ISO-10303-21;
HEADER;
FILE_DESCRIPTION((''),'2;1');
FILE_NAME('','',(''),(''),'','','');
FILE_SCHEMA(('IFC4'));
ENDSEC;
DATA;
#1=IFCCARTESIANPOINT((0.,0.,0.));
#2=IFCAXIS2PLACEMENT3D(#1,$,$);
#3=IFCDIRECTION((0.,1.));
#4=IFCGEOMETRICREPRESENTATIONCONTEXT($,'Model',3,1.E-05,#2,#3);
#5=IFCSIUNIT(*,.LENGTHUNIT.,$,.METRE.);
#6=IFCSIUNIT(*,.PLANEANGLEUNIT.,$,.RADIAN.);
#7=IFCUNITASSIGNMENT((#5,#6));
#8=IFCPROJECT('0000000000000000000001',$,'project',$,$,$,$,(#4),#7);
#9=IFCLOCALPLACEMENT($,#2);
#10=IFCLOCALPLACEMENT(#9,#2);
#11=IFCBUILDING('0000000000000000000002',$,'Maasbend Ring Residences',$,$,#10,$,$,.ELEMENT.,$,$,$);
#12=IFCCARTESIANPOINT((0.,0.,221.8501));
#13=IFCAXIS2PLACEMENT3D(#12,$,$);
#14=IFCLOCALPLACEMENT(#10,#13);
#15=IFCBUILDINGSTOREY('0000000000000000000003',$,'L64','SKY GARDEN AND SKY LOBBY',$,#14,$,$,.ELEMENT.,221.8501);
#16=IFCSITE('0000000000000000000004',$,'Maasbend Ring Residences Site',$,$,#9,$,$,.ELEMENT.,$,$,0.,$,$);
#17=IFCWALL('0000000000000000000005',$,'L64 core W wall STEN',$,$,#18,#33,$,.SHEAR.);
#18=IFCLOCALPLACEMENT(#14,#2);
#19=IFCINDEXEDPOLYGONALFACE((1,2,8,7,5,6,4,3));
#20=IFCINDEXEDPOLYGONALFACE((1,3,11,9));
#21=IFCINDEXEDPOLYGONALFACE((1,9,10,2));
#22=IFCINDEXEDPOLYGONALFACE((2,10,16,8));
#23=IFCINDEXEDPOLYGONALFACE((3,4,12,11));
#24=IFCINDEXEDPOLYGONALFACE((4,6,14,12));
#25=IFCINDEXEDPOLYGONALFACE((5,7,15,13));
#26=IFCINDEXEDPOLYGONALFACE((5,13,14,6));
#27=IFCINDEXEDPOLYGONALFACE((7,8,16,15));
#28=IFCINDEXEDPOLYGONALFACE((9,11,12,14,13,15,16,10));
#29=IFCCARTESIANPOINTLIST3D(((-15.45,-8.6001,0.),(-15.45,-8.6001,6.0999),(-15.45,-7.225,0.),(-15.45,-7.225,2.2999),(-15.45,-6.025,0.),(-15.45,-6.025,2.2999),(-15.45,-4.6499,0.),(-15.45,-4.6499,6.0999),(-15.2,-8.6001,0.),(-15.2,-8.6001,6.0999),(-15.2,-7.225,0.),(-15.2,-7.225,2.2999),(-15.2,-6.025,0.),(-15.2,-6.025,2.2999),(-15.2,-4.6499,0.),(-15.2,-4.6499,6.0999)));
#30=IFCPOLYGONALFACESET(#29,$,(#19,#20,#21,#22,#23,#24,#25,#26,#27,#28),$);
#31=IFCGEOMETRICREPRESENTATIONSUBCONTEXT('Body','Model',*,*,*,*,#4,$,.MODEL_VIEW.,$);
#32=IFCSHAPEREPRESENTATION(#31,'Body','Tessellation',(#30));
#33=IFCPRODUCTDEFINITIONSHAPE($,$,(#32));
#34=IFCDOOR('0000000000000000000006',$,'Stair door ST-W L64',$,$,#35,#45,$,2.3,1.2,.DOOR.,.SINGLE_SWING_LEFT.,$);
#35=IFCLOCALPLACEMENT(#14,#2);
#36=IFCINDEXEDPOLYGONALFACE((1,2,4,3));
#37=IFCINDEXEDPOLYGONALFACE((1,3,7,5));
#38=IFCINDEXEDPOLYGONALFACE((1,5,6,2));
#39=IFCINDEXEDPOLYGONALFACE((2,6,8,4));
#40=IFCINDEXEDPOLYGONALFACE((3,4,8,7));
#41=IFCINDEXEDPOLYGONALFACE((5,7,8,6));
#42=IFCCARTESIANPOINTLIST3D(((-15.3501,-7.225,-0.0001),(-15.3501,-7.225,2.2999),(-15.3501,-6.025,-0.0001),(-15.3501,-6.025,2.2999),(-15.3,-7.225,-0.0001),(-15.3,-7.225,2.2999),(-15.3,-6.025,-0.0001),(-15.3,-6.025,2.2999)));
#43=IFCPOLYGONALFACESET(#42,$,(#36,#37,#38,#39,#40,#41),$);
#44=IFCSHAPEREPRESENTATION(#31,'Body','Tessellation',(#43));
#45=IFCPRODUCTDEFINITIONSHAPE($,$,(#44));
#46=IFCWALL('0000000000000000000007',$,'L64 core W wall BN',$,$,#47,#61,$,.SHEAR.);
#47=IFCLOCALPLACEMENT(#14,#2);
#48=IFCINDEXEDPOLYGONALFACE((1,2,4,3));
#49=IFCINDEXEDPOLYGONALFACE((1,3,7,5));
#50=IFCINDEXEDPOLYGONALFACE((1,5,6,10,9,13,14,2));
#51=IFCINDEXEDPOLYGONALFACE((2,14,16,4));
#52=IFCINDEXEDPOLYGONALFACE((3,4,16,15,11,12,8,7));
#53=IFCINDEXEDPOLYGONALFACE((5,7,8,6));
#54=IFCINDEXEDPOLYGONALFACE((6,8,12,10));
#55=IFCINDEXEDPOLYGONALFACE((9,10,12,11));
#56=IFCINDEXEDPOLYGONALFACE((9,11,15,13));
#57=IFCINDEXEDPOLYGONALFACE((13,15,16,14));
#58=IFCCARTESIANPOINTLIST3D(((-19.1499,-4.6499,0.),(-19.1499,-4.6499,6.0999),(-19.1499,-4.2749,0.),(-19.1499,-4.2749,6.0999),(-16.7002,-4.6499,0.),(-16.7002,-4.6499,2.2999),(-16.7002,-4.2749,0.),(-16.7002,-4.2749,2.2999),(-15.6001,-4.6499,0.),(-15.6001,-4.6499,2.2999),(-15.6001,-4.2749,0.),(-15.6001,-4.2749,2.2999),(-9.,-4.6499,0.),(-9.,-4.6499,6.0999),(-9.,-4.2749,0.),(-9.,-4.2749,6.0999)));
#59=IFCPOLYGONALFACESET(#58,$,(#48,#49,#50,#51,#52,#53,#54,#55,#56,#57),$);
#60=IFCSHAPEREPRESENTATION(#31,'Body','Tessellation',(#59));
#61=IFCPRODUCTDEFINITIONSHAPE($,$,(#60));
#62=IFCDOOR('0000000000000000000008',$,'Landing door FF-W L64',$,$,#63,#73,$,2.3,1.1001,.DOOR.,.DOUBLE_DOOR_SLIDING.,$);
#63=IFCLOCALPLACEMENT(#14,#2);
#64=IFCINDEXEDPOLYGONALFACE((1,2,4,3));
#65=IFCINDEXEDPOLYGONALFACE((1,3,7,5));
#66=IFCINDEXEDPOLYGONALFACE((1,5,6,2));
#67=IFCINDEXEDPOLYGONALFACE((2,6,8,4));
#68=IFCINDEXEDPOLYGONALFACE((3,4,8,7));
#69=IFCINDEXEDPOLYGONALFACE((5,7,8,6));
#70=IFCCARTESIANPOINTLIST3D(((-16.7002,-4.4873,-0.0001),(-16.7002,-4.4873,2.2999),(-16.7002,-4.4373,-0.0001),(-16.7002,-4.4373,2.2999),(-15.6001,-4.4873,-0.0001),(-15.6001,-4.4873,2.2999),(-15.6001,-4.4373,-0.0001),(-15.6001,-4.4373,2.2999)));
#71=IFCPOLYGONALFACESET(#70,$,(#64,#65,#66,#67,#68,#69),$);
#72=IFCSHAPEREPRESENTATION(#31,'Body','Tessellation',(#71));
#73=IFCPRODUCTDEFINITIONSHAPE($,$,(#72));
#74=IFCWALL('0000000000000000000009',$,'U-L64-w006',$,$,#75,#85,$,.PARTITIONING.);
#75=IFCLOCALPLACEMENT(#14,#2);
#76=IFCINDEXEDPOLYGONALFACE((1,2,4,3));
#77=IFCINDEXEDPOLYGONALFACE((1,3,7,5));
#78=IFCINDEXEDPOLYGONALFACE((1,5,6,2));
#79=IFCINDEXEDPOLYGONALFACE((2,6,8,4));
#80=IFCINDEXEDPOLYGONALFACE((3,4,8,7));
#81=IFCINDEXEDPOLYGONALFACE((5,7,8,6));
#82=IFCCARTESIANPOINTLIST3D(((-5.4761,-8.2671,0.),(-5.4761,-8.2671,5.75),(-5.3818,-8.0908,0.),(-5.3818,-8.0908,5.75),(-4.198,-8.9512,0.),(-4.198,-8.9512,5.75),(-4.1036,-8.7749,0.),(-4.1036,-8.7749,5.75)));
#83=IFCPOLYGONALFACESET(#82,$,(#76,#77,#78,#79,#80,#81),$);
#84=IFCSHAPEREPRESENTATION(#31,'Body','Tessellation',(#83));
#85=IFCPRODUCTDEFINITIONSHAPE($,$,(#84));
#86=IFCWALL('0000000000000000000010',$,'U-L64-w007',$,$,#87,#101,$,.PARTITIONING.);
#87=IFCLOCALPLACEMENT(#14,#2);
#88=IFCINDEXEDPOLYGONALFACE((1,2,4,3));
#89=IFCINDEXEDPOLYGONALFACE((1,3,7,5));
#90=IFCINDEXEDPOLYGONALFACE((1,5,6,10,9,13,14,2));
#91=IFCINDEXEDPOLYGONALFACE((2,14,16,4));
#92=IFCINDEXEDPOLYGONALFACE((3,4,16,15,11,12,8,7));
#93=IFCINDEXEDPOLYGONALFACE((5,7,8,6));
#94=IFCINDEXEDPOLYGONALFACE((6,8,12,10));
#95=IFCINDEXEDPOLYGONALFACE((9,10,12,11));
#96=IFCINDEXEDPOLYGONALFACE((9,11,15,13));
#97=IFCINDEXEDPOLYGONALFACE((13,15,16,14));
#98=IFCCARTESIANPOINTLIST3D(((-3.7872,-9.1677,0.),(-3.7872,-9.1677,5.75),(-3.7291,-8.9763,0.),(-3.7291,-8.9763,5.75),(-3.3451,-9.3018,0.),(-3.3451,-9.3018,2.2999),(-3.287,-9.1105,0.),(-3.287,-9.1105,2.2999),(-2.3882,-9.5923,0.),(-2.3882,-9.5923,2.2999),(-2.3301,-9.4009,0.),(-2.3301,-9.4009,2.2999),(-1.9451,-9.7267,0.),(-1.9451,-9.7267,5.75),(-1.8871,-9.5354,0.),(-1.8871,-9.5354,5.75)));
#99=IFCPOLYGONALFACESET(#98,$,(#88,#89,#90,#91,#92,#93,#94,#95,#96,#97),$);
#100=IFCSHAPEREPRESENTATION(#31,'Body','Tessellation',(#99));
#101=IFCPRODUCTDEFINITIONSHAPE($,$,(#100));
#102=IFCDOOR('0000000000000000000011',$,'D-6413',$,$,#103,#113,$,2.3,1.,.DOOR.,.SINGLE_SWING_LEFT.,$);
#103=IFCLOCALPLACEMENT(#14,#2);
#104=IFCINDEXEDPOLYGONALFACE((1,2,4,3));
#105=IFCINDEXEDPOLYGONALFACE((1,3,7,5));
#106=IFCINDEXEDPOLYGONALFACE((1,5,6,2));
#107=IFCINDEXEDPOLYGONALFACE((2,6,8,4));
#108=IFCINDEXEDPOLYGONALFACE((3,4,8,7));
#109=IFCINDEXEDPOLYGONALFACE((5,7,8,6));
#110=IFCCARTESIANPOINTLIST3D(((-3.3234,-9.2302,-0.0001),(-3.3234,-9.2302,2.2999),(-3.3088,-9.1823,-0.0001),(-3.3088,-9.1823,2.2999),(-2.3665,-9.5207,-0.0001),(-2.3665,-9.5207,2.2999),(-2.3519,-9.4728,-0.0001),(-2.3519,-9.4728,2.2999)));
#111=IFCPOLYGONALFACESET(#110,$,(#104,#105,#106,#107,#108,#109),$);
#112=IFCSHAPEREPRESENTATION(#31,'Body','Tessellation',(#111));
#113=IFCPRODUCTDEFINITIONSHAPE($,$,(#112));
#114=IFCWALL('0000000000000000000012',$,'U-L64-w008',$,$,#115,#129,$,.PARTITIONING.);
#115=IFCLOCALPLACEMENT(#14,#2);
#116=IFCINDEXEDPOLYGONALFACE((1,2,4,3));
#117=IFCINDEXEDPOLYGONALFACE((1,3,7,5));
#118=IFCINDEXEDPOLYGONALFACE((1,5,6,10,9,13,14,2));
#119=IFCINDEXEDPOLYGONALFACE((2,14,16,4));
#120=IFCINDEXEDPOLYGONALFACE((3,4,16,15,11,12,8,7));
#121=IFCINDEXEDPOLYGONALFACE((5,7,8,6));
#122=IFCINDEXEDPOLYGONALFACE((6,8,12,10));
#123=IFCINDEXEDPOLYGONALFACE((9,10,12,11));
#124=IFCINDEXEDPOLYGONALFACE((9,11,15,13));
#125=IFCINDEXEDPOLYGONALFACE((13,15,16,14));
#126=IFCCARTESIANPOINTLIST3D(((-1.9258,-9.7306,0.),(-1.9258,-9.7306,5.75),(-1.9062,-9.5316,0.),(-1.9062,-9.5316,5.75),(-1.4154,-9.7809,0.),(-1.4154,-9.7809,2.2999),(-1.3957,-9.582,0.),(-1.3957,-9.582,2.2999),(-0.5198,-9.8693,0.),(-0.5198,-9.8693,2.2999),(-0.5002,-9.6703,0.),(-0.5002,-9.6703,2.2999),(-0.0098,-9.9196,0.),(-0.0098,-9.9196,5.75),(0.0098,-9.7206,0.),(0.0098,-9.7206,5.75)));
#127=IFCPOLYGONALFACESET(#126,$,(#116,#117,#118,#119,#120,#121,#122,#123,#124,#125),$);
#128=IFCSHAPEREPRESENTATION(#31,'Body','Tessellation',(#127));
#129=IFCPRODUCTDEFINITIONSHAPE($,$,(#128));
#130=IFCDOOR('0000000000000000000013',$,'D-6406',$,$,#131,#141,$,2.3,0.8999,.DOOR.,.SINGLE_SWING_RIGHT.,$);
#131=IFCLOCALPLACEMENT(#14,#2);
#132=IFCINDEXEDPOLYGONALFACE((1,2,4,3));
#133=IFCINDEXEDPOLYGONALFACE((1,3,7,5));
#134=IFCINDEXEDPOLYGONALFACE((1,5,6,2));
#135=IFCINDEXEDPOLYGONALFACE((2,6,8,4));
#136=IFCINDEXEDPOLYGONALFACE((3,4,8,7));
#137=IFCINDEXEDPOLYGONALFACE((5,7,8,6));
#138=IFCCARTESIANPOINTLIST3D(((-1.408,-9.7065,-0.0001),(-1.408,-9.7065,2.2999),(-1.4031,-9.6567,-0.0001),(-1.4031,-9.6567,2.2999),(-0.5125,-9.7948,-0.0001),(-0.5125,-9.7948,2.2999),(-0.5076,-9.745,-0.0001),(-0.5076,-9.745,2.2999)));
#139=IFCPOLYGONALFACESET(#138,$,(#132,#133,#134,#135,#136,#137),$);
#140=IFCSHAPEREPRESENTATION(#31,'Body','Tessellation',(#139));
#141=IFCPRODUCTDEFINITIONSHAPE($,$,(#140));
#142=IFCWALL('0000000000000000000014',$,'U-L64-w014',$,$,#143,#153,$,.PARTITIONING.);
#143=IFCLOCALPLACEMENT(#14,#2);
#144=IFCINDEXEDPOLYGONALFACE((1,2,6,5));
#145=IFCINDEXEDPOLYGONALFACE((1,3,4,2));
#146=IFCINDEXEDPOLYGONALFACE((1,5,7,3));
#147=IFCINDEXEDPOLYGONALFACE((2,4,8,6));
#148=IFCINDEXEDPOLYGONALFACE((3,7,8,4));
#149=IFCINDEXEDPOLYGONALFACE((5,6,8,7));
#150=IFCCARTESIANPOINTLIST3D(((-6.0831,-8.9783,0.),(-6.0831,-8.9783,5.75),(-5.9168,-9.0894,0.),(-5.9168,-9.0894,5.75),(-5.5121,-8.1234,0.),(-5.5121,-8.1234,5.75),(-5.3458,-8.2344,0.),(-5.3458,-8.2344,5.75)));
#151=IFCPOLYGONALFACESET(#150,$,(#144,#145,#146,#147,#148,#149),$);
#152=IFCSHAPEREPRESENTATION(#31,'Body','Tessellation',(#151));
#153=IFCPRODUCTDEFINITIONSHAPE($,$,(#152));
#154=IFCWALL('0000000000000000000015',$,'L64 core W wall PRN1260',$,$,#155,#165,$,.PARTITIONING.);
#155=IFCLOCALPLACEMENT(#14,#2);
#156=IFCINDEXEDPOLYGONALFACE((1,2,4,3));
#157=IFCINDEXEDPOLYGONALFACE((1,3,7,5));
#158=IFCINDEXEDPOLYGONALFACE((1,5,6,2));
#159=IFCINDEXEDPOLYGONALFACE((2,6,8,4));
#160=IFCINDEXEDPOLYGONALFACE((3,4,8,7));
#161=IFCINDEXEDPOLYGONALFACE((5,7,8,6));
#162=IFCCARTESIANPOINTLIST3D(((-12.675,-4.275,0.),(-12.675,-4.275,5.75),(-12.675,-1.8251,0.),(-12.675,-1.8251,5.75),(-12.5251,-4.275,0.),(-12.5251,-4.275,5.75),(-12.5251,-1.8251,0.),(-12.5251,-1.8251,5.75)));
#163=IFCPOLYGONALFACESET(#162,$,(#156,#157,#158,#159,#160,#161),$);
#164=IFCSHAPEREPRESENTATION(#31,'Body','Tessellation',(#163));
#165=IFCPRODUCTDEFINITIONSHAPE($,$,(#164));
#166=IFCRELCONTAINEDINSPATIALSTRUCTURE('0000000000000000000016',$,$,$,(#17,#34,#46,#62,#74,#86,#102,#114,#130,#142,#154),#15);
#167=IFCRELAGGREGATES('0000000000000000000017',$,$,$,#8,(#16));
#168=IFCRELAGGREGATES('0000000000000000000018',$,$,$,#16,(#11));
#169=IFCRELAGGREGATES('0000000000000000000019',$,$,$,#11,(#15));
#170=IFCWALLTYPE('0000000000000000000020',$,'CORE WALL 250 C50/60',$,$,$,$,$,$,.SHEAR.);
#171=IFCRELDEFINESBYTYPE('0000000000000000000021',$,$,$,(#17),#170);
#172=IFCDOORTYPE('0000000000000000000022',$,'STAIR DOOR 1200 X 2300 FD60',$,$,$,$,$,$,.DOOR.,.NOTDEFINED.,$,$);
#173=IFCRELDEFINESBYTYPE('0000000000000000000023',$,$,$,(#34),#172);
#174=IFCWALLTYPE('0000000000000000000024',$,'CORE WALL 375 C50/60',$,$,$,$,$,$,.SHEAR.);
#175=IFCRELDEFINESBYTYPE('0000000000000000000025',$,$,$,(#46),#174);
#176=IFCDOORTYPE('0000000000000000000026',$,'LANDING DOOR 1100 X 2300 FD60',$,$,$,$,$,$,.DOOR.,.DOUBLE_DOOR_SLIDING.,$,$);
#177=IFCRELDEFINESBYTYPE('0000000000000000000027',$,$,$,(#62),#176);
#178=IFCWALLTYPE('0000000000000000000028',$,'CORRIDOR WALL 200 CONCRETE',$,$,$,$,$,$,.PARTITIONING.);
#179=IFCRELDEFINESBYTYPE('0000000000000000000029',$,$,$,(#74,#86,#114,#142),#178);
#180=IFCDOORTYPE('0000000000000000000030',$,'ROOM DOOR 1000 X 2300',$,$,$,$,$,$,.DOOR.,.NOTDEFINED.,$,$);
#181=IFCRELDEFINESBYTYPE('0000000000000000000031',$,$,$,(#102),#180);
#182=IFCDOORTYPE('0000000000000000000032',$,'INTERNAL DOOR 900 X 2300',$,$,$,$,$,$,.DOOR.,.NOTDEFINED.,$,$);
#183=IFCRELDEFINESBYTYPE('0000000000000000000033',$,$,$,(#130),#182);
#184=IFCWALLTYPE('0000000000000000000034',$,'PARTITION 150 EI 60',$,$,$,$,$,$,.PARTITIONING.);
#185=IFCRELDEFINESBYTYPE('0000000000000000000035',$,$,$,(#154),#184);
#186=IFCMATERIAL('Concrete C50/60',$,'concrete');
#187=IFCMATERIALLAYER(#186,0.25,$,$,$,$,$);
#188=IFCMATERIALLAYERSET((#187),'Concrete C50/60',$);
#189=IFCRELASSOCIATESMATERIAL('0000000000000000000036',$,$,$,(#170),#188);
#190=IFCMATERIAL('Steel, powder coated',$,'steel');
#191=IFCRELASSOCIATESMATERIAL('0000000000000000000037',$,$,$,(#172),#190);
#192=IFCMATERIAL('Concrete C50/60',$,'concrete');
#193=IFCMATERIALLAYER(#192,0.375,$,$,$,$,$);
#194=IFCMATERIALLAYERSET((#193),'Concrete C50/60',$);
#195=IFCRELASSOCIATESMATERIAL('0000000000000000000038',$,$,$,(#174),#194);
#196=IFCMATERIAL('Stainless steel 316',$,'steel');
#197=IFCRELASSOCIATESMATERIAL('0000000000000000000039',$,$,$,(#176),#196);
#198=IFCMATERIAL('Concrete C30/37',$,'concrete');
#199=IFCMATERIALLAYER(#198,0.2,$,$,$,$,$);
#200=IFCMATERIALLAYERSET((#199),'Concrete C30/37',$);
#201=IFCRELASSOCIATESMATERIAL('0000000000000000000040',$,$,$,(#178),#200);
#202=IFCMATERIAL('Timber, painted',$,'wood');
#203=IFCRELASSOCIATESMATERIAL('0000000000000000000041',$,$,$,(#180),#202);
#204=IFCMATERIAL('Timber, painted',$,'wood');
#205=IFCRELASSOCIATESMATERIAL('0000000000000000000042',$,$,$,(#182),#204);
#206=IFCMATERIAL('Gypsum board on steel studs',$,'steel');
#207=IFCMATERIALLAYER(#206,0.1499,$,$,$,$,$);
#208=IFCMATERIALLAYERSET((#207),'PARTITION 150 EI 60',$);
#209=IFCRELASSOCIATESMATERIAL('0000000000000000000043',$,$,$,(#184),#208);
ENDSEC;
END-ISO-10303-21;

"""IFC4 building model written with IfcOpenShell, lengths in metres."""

from ifc_helpers import new_model, si_unit, direction, frame, frame_2d, origin, place, context, subcontext, project, spatial, rectangle, extrude, material, layer, layer_set, type_object, element, fill, save


model = new_model("IFC4")

# Units and contexts
model_context = context("Model", 3, precision=1e-05, world=origin(), true_north=direction((0.0, 1.0)))
body_context = subcontext(model_context, "Body", "Model", "MODEL_VIEW")
ifc_project = project(units=[si_unit("LENGTHUNIT", "METRE"), si_unit("PLANEANGLEUNIT", "RADIAN")], contexts=[model_context])

# Site, building, storey
site_placement = place(None, origin())
site = spatial("IfcSite", under=ifc_project, at=site_placement, Name="Maasbend Ring Residences Site", CompositionType="ELEMENT", RefElevation=0.0)
building_placement = place(site_placement, origin())
building = spatial("IfcBuilding", under=site, at=building_placement, Name="Maasbend Ring Residences", CompositionType="ELEMENT")
storey_placement = place(building_placement, frame((0.0, 0.0, 221.8501)))
storey = spatial("IfcBuildingStorey", under=building, at=storey_placement, Name="L64", Description="SKY GARDEN AND SKY LOBBY", CompositionType="ELEMENT", Elevation=221.8501)

# Shared definitions
ifc_material_1 = material(Name="Concrete C50/60", Category="concrete")
ifc_layer_1 = layer(ifc_material_1, 0.25)
ifc_layer_set_1 = layer_set([ifc_layer_1], Name="Concrete C50/60")
wall_type_1 = type_object("IfcWallType", Name="CORE WALL 250 C50/60", PredefinedType="SHEAR", material=ifc_layer_set_1)

# Walls, openings, doors
wall_1_placement = place(storey_placement, frame((-15.325, -4.6499, 0.0), z_axis=(0.0, 0.0, 1.0), x_axis=(0.0, -1.0, 0.0)))
wall_1 = element("IfcWall", 1, at=wall_1_placement, inside=storey, type_object=wall_type_1, Name="L64 core W wall STEN", PredefinedType="SHEAR", context=body_context, shape_type="SweptSolid", body=[
    extrude(rectangle(XDim=3.9502, YDim=0.25, at=frame_2d((1.9751, 0.0))), origin(), (0.0, 0.0, 1.0), 6.0999),
])
opening_1_placement = place(wall_1_placement, frame((1.375, 0.0, 0.0)))
opening_1 = element("IfcOpeningElement", 2, at=opening_1_placement, cuts=wall_1, PredefinedType="OPENING", context=body_context, shape_type="SweptSolid", body=[
    extrude(rectangle(XDim=1.2, YDim=2.3, at=frame_2d((0.6001, 1.1499))), frame((0.0, 0.135, 0.0), z_axis=(0.0, -1.0, 0.0), x_axis=(1.0, 0.0, 0.0)), (0.0, 0.0, 1.0), 0.27),
])
ifc_material_2 = material(Name="Steel, powder coated", Category="steel")
door_type_1 = type_object("IfcDoorType", Name="STAIR DOOR 1200 X 2300 FD60", OperationType="NOTDEFINED", PredefinedType="DOOR", material=ifc_material_2)
door_1_placement = place(opening_1_placement, origin())
door_1 = element("IfcDoor", 3, at=door_1_placement, inside=storey, type_object=door_type_1, Name="Stair door ST-W L64", OperationType="SINGLE_SWING_LEFT", OverallHeight=2.3, OverallWidth=1.2, PredefinedType="DOOR", context=body_context, shape_type="SweptSolid", body=[
    extrude(rectangle(XDim=1.2, YDim=2.3, at=frame_2d((0.6001, 1.1499))), frame((0.0, 0.0249, 0.0), z_axis=(0.0, -1.0, 0.0), x_axis=(1.0, 0.0, 0.0)), (0.0, 0.0, 1.0), 0.05),
])
fill(opening_1, door_1)
ifc_material_3 = material(Name="Concrete C50/60", Category="concrete")
ifc_layer_2 = layer(ifc_material_3, 0.375)
ifc_layer_set_2 = layer_set([ifc_layer_2], Name="Concrete C50/60")
wall_type_2 = type_object("IfcWallType", Name="CORE WALL 375 C50/60", PredefinedType="SHEAR", material=ifc_layer_set_2)
wall_2_placement = place(storey_placement, frame((-9.0, -4.4624, 0.0), z_axis=(0.0, 0.0, 1.0), x_axis=(-1.0, 0.0, 0.0)))
wall_2 = element("IfcWall", 4, at=wall_2_placement, inside=storey, type_object=wall_type_2, Name="L64 core W wall BN", PredefinedType="SHEAR", context=body_context, shape_type="SweptSolid", body=[
    extrude(rectangle(XDim=10.1499, YDim=0.375, at=frame_2d((5.075, 0.0))), origin(), (0.0, 0.0, 1.0), 6.0999),
])
opening_2_placement = place(wall_2_placement, frame((6.6001, 0.0, 0.0)))
opening_2 = element("IfcOpeningElement", 5, at=opening_2_placement, cuts=wall_2, PredefinedType="OPENING", context=body_context, shape_type="SweptSolid", body=[
    extrude(rectangle(XDim=1.1001, YDim=2.3, at=frame_2d((0.55, 1.1499))), frame((0.0, 0.1975, 0.0), z_axis=(0.0, -1.0, 0.0), x_axis=(1.0, 0.0, 0.0)), (0.0, 0.0, 1.0), 0.395),
])
ifc_material_4 = material(Name="Stainless steel 316", Category="steel")
door_type_2 = type_object("IfcDoorType", Name="LANDING DOOR 1100 X 2300 FD60", OperationType="DOUBLE_DOOR_SLIDING", PredefinedType="DOOR", material=ifc_material_4)
door_2_placement = place(opening_2_placement, origin())
door_2 = element("IfcDoor", 6, at=door_2_placement, inside=storey, type_object=door_type_2, Name="Landing door FF-W L64", OperationType="DOUBLE_DOOR_SLIDING", OverallHeight=2.3, OverallWidth=1.1001, PredefinedType="DOOR", context=body_context, shape_type="SweptSolid", body=[
    extrude(rectangle(XDim=1.1001, YDim=2.3, at=frame_2d((0.55, 1.1499))), frame((0.0, 0.0249, 0.0), z_axis=(0.0, -1.0, 0.0), x_axis=(1.0, 0.0, 0.0)), (0.0, 0.0, 1.0), 0.05),
])
fill(opening_2, door_2)

# Wall
ifc_material_5 = material(Name="Concrete C30/37", Category="concrete")
ifc_layer_3 = layer(ifc_material_5, 0.2)
ifc_layer_set_3 = layer_set([ifc_layer_3], Name="Concrete C30/37")
wall_type_3 = type_object("IfcWallType", Name="CORRIDOR WALL 200 CONCRETE", PredefinedType="PARTITIONING", material=ifc_layer_set_3)
wall_3_placement = place(storey_placement, frame((-5.429, -8.179, 0.0), z_axis=(0.0, 0.0, 1.0), x_axis=(0.881653, -0.471899, 0.0)))
element("IfcWall", 7, at=wall_3_placement, inside=storey, type_object=wall_type_3, Name="U-L64-w006", PredefinedType="PARTITIONING", context=body_context, shape_type="SweptSolid", body=[
    extrude(rectangle(XDim=1.4497, YDim=0.2, at=frame_2d((0.7249, 0.0))), origin(), (0.0, 0.0, 1.0), 5.75),
])

# Walls, openings, doors
wall_4_placement = place(storey_placement, frame((-3.7581, -9.072, 0.0), z_axis=(0.0, 0.0, 1.0), x_axis=(0.956896, -0.29043, 0.0)))
wall_4 = element("IfcWall", 8, at=wall_4_placement, inside=storey, type_object=wall_type_3, Name="U-L64-w007", PredefinedType="PARTITIONING", context=body_context, shape_type="SweptSolid", body=[
    extrude(rectangle(XDim=1.925, YDim=0.2, at=frame_2d((0.9624, 0.0))), origin(), (0.0, 0.0, 1.0), 5.75),
])
opening_3_placement = place(wall_4_placement, frame((0.4619, 0.0, 0.0)))
opening_3 = element("IfcOpeningElement", 9, at=opening_3_placement, cuts=wall_4, PredefinedType="OPENING", context=body_context, shape_type="SweptSolid", body=[
    extrude(rectangle(XDim=1.0, YDim=2.3, at=frame_2d((0.5, 1.1499))), frame((0.0, 0.1099, 0.0), z_axis=(0.0, -1.0, 0.0), x_axis=(1.0, 0.0, 0.0)), (0.0, 0.0, 1.0), 0.22),
])
ifc_material_6 = material(Name="Timber, painted", Category="wood")
door_type_3 = type_object("IfcDoorType", Name="ROOM DOOR 1000 X 2300", OperationType="NOTDEFINED", PredefinedType="DOOR", material=ifc_material_6)
door_3_placement = place(opening_3_placement, origin())
door_3 = element("IfcDoor", 10, at=door_3_placement, inside=storey, type_object=door_type_3, Name="D-6413", OperationType="SINGLE_SWING_LEFT", OverallHeight=2.3, OverallWidth=1.0, PredefinedType="DOOR", context=body_context, shape_type="SweptSolid", body=[
    extrude(rectangle(XDim=1.0, YDim=2.3, at=frame_2d((0.5, 1.1499))), frame((0.0, 0.0249, 0.0), z_axis=(0.0, -1.0, 0.0), x_axis=(1.0, 0.0, 0.0)), (0.0, 0.0, 1.0), 0.05),
])
fill(opening_3, door_3)
wall_5_placement = place(storey_placement, frame((-1.916, -9.6311, 0.0), z_axis=(0.0, 0.0, 1.0), x_axis=(0.995172, -0.098148, 0.0)))
wall_5 = element("IfcWall", 11, at=wall_5_placement, inside=storey, type_object=wall_type_3, Name="U-L64-w008", PredefinedType="PARTITIONING", context=body_context, shape_type="SweptSolid", body=[
    extrude(rectangle(XDim=1.9253, YDim=0.2, at=frame_2d((0.9626, 0.0))), origin(), (0.0, 0.0, 1.0), 5.75),
])
opening_4_placement = place(wall_5_placement, frame((0.5129, 0.0, 0.0)))
opening_4 = element("IfcOpeningElement", 12, at=opening_4_placement, cuts=wall_5, PredefinedType="OPENING", context=body_context, shape_type="SweptSolid", body=[
    extrude(rectangle(XDim=0.8999, YDim=2.3, at=frame_2d((0.45, 1.1499))), frame((0.0, 0.1099, 0.0), z_axis=(0.0, -1.0, 0.0), x_axis=(1.0, 0.0, 0.0)), (0.0, 0.0, 1.0), 0.22),
])
ifc_material_7 = material(Name="Timber, painted", Category="wood")
door_type_4 = type_object("IfcDoorType", Name="INTERNAL DOOR 900 X 2300", OperationType="NOTDEFINED", PredefinedType="DOOR", material=ifc_material_7)
door_4_placement = place(opening_4_placement, origin())
door_4 = element("IfcDoor", 13, at=door_4_placement, inside=storey, type_object=door_type_4, Name="D-6406", OperationType="SINGLE_SWING_RIGHT", OverallHeight=2.3, OverallWidth=0.8999, PredefinedType="DOOR", context=body_context, shape_type="SweptSolid", body=[
    extrude(rectangle(XDim=0.8999, YDim=2.3, at=frame_2d((0.45, 1.1499))), frame((0.0, 0.0249, 0.0), z_axis=(0.0, -1.0, 0.0), x_axis=(1.0, 0.0, 0.0)), (0.0, 0.0, 1.0), 0.05),
])
fill(opening_4, door_4)

# Walls
wall_6_placement = place(storey_placement, frame((-6.0, -9.0339, 0.0), z_axis=(0.0, 0.0, 1.0), x_axis=(0.555412, 0.831575, 0.0)))
element("IfcWall", 14, at=wall_6_placement, inside=storey, type_object=wall_type_3, Name="U-L64-w014", PredefinedType="PARTITIONING", context=body_context, shape_type="SweptSolid", body=[
    extrude(rectangle(XDim=1.0281, YDim=0.2, at=frame_2d((0.5142, 0.0))), origin(), (0.0, 0.0, 1.0), 5.75),
])
ifc_material_8 = material(Name="Gypsum board on steel studs", Category="steel")
ifc_layer_4 = layer(ifc_material_8, 0.1499)
ifc_layer_set_4 = layer_set([ifc_layer_4], Name="PARTITION 150 EI 60")
wall_type_4 = type_object("IfcWallType", Name="PARTITION 150 EI 60", PredefinedType="PARTITIONING", material=ifc_layer_set_4)
wall_7_placement = place(storey_placement, frame((-12.6001, -1.825, 0.0), z_axis=(0.0, 0.0, 1.0), x_axis=(0.0, -1.0, 0.0)))
element("IfcWall", 15, at=wall_7_placement, inside=storey, type_object=wall_type_4, Name="L64 core W wall PRN1260", PredefinedType="PARTITIONING", context=body_context, shape_type="SweptSolid", body=[
    extrude(rectangle(XDim=2.45, YDim=0.1499, at=frame_2d((1.2251, 0.0))), origin(), (0.0, 0.0, 1.0), 5.75),
])

save(model, "model.ifc")
